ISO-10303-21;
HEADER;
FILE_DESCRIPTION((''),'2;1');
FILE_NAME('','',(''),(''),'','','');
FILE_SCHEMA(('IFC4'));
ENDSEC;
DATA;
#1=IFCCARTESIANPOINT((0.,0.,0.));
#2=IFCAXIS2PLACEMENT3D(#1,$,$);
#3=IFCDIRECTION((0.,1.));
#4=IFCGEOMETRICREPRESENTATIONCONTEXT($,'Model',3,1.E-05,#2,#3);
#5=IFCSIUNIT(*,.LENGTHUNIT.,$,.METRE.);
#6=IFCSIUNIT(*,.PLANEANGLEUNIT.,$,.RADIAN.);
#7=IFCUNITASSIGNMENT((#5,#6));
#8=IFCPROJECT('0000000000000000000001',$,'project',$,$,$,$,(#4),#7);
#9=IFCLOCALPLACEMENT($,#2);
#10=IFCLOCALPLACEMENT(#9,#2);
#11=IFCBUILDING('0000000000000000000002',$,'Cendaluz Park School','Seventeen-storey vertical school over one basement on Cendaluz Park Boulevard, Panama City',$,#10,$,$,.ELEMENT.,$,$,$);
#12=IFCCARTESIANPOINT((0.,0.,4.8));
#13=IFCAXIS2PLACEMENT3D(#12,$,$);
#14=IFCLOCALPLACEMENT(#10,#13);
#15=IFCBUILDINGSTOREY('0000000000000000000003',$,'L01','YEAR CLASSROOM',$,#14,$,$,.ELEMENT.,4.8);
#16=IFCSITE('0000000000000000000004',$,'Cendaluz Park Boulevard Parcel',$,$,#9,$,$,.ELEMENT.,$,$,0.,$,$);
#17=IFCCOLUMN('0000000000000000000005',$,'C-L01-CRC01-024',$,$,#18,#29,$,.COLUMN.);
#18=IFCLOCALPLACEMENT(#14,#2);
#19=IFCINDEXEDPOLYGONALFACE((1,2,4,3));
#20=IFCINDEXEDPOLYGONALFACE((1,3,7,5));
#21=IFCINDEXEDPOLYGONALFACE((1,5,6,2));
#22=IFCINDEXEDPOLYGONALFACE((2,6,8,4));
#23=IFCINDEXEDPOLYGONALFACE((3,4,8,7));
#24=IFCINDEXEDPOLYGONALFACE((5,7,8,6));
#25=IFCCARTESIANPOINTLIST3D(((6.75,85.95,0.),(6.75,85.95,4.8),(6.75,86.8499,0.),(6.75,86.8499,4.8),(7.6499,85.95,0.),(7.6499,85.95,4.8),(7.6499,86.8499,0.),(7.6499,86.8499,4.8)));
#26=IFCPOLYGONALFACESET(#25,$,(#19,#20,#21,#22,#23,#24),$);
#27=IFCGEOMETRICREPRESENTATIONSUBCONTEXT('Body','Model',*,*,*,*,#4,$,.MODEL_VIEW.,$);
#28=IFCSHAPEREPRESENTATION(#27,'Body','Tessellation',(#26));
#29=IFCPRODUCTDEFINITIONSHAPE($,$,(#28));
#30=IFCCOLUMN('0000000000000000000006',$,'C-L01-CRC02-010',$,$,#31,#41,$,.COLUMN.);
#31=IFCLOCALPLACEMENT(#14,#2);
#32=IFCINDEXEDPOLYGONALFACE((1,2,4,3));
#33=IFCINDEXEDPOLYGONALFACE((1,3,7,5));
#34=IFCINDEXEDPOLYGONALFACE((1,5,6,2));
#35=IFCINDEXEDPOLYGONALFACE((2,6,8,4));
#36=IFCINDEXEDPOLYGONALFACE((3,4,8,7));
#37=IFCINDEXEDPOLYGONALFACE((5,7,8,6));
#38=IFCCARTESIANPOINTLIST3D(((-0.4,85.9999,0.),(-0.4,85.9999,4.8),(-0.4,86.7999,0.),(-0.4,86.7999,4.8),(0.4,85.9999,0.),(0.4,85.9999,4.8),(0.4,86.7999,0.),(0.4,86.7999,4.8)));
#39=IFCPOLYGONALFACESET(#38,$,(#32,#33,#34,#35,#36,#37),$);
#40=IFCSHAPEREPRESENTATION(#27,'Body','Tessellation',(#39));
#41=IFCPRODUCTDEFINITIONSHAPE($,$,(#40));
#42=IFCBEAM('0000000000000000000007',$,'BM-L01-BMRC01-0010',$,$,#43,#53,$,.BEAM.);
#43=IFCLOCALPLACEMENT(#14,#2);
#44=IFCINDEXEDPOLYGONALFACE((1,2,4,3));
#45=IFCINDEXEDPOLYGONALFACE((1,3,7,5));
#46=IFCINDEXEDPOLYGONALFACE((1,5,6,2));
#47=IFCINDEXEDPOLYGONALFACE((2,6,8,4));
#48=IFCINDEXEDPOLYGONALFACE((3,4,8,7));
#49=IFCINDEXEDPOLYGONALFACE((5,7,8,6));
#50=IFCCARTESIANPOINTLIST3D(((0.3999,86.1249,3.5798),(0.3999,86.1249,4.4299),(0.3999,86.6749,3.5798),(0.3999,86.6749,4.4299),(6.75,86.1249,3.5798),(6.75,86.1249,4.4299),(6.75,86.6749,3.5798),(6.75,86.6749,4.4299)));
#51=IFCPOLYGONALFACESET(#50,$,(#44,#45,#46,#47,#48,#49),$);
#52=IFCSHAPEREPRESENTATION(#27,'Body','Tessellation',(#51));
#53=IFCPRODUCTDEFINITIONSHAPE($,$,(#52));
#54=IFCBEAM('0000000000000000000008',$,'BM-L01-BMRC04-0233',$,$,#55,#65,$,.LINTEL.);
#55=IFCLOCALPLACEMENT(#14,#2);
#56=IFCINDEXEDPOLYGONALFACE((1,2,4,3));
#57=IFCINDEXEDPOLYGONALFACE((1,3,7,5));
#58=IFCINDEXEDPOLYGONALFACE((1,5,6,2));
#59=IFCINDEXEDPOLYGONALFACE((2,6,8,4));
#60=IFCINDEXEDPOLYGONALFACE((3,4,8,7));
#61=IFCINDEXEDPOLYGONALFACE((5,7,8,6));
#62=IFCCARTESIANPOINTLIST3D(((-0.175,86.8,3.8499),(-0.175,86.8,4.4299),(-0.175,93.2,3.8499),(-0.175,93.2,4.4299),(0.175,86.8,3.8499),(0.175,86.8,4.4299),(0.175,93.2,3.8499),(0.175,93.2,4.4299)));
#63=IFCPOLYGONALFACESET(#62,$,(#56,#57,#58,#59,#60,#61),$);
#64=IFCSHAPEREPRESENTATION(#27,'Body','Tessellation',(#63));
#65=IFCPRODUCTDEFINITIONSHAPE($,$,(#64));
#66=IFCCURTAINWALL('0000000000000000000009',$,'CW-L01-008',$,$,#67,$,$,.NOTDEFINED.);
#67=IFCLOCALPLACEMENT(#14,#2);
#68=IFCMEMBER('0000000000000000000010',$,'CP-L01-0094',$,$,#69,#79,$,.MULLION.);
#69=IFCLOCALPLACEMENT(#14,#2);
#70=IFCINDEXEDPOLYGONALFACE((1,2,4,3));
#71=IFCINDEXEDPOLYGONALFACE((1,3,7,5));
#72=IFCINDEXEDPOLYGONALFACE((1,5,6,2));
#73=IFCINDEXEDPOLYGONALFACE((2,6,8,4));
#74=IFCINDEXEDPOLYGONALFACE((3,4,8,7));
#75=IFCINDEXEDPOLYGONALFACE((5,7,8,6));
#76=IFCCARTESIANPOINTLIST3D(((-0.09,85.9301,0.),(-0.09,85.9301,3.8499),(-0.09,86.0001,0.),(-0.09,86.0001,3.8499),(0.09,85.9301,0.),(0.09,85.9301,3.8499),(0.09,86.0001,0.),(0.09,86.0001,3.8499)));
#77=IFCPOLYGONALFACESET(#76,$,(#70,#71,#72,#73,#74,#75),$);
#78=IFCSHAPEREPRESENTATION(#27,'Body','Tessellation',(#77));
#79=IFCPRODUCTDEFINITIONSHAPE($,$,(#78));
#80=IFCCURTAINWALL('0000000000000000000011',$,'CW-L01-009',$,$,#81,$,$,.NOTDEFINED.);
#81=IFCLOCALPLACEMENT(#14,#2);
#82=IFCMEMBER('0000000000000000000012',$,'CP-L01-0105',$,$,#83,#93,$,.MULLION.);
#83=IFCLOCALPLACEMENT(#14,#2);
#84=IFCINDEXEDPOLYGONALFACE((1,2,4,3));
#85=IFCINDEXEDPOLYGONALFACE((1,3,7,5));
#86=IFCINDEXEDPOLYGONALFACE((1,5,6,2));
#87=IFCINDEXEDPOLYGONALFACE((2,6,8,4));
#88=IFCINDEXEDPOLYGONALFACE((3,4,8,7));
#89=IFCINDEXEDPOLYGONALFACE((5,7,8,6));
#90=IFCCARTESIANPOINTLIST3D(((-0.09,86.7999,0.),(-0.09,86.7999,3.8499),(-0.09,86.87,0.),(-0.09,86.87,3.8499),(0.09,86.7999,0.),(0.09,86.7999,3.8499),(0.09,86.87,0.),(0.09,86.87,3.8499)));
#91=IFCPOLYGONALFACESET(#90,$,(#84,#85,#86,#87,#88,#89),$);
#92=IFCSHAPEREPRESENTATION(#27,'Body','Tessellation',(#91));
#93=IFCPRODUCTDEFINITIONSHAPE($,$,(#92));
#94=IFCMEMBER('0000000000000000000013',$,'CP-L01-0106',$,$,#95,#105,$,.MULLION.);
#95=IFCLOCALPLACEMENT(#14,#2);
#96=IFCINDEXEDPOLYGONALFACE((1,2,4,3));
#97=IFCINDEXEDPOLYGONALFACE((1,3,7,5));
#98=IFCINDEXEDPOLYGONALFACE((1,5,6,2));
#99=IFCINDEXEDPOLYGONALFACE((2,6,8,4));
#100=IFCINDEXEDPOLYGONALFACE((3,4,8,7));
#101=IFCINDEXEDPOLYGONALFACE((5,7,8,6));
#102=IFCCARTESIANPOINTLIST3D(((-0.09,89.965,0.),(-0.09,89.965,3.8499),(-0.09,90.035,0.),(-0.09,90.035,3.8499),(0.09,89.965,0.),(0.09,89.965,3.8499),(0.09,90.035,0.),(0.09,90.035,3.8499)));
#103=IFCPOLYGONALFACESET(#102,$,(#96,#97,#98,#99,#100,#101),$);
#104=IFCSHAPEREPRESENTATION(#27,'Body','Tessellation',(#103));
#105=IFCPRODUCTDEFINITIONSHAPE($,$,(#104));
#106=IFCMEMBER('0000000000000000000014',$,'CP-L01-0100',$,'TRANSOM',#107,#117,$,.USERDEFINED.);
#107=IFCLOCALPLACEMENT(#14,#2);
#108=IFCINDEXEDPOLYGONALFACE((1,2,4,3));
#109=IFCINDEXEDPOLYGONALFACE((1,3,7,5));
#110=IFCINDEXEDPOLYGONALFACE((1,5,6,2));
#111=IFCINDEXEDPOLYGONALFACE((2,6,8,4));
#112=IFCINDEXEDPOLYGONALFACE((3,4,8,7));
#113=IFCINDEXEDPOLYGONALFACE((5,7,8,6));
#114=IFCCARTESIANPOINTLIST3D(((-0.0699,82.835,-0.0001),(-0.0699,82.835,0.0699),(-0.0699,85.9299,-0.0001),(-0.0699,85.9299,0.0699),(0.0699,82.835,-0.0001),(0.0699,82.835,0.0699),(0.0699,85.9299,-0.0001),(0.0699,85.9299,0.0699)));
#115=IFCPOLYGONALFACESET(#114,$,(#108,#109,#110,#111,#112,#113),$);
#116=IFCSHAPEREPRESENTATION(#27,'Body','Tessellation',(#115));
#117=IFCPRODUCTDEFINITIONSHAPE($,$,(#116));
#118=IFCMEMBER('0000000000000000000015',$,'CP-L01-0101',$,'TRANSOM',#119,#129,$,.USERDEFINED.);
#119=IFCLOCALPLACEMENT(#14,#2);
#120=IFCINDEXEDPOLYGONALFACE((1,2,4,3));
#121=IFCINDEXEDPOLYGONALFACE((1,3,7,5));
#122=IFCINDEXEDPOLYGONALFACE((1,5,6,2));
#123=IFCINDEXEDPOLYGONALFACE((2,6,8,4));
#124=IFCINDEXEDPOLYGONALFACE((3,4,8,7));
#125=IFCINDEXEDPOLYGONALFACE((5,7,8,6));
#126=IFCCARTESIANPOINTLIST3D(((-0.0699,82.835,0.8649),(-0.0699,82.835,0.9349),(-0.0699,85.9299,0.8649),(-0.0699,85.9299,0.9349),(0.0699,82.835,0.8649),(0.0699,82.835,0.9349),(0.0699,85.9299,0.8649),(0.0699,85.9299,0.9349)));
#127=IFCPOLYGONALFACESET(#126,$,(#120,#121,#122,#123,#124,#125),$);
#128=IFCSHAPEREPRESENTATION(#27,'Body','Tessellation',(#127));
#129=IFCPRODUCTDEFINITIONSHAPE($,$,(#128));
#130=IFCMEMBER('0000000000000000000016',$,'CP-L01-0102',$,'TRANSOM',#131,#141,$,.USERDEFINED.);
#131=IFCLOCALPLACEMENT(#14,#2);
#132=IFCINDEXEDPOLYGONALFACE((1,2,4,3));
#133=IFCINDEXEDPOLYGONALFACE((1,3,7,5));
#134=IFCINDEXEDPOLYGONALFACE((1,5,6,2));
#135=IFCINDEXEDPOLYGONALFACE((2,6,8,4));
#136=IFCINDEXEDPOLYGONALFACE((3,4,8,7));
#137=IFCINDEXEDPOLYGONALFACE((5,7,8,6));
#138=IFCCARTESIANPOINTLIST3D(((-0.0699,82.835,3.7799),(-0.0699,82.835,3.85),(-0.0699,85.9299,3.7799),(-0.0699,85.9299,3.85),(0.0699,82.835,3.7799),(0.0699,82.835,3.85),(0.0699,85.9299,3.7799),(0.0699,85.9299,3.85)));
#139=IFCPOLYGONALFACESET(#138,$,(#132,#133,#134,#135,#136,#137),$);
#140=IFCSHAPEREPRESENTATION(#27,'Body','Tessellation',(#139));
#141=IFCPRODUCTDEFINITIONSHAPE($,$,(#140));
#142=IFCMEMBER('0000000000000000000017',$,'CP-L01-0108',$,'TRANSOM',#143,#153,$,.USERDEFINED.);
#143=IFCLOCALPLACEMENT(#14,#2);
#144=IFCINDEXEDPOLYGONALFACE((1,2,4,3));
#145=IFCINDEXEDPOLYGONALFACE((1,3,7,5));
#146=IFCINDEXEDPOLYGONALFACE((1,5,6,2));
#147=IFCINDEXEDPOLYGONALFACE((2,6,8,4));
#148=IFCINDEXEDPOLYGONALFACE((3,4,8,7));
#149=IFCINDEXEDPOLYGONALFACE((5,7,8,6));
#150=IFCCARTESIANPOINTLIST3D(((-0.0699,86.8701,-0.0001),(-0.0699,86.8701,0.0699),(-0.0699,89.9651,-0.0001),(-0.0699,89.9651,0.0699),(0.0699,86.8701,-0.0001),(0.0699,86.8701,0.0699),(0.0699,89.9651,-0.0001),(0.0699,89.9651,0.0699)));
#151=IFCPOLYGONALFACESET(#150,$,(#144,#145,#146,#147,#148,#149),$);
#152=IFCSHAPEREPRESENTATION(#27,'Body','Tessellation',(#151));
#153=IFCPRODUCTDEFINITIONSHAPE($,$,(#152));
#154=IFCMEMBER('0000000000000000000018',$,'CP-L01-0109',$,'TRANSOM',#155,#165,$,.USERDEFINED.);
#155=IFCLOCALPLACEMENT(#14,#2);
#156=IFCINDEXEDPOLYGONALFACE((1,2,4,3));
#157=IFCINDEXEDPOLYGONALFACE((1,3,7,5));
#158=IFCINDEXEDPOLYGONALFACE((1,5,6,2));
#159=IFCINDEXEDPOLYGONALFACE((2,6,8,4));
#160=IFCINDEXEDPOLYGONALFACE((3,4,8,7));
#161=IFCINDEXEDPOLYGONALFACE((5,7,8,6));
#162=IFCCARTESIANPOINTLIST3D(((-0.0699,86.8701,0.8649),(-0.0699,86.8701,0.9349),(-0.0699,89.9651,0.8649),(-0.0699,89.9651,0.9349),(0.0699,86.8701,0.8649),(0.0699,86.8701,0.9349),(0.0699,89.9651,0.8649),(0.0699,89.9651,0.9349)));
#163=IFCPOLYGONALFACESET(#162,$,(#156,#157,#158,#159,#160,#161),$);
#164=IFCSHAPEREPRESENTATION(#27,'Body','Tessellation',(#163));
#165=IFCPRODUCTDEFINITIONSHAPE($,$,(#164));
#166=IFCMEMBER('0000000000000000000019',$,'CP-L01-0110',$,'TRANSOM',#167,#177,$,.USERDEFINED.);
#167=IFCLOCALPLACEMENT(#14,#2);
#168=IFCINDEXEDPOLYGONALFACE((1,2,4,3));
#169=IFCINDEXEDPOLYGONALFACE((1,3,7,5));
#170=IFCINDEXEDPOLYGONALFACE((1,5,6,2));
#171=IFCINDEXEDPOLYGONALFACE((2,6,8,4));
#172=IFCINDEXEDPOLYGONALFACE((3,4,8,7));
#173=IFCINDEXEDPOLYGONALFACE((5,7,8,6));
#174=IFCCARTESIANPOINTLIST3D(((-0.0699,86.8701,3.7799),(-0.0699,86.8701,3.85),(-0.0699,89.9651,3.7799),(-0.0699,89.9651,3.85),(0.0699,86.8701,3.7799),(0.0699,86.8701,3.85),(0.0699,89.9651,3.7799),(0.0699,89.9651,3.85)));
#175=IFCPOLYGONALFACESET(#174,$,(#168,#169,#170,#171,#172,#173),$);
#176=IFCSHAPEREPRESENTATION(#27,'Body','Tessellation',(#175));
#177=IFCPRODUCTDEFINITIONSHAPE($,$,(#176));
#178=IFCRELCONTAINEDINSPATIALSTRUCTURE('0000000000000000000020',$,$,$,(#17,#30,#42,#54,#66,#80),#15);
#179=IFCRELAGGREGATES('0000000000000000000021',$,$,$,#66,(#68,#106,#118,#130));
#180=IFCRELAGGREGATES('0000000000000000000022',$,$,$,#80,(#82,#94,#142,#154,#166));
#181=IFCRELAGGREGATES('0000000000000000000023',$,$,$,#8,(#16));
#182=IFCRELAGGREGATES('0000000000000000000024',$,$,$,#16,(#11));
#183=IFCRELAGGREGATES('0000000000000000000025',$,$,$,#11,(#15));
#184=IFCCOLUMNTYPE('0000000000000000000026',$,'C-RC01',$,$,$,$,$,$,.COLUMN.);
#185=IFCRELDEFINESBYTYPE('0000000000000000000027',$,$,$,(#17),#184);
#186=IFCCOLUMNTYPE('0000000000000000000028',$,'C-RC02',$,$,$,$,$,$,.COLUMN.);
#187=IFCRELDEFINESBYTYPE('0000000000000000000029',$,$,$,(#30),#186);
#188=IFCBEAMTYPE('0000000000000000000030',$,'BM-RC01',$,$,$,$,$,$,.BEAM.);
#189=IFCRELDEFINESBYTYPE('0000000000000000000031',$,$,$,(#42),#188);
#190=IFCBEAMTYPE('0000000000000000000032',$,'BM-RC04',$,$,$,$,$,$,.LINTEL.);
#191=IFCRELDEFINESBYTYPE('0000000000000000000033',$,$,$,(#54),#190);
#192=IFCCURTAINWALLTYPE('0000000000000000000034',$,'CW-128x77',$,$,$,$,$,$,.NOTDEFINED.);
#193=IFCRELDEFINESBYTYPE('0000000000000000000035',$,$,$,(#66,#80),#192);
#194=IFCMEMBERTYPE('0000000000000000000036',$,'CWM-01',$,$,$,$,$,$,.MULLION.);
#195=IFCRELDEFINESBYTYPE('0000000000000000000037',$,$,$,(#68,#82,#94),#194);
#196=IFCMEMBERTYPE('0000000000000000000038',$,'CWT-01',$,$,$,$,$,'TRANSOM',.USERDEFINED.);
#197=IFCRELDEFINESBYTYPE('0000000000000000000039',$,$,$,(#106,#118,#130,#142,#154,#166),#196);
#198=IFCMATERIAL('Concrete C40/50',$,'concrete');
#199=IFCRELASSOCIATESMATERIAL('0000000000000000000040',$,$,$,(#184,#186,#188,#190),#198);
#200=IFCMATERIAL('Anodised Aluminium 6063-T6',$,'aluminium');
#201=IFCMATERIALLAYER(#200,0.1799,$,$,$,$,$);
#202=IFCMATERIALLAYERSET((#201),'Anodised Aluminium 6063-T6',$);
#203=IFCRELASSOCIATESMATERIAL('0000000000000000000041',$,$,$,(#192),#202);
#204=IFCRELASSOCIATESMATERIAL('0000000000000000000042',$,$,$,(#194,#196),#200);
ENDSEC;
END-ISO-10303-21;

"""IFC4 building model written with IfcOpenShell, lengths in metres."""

from ifc_helpers import new_model, si_unit, direction, frame, origin, origin_2d, place, context, subcontext, project, spatial, rectangle, extrude, material, layer, layer_set, material_profile, profile_set, type_object, element, aggregate, save


model = new_model("IFC4")

# Units and contexts
model_context = context("Model", 3, precision=1e-05, world=origin(), true_north=direction((0.0, 1.0)))
body_context = subcontext(model_context, "Body", "Model", "MODEL_VIEW")
ifc_project = project(units=[si_unit("LENGTHUNIT", "METRE"), si_unit("PLANEANGLEUNIT", "RADIAN")], contexts=[model_context])

# Site, building, storey
site_placement = place(None, origin())
site = spatial("IfcSite", under=ifc_project, at=site_placement, Name="Cendaluz Park Boulevard Parcel", CompositionType="ELEMENT", RefElevation=0.0)
building_placement = place(site_placement, origin())
building = spatial("IfcBuilding", under=site, at=building_placement, Name="Cendaluz Park School", Description="Seventeen-storey vertical school over one basement on Cendaluz Park Boulevard, Panama City", CompositionType="ELEMENT")
storey_placement = place(building_placement, frame((0.0, 0.0, 4.8)))
storey = spatial("IfcBuildingStorey", under=building, at=storey_placement, Name="L01", Description="YEAR CLASSROOM", CompositionType="ELEMENT", Elevation=4.8)

# Columns
ifc_material_1 = material(Name="Concrete C40/50", Category="concrete")
ifc_material_profile_1 = material_profile(ifc_material_1, rectangle(XDim=0.8999, YDim=0.8999, at=origin_2d()), Name="RC 900x900", Category="concrete")
ifc_profile_set_1 = profile_set([ifc_material_profile_1], Name="Concrete C40/50")
column_type_1 = type_object("IfcColumnType", Name="C-RC01", PredefinedType="COLUMN", material=ifc_profile_set_1)
column_1_placement = place(storey_placement, frame((7.2, 86.3999, 0.0), z_axis=(0.0, 0.0, 1.0), x_axis=(1.0, 0.0, 0.0)))
element("IfcColumn", 1, at=column_1_placement, inside=storey, type_object=column_type_1, Name="C-L01-CRC01-024", PredefinedType="COLUMN", context=body_context, shape_type="SweptSolid", body=[
    extrude(rectangle(XDim=0.8999, YDim=0.8999, at=origin_2d()), origin(), (0.0, 0.0, 1.0), 4.8),
])
ifc_material_profile_2 = material_profile(ifc_material_1, rectangle(XDim=0.8, YDim=0.8, at=origin_2d()), Name="RC 800x800", Category="concrete")
ifc_profile_set_2 = profile_set([ifc_material_profile_2], Name="Concrete C40/50")
column_type_2 = type_object("IfcColumnType", Name="C-RC02", PredefinedType="COLUMN", material=ifc_profile_set_2)
column_2_placement = place(storey_placement, frame((0.0, 86.3999, 0.0), z_axis=(0.0, 0.0, 1.0), x_axis=(1.0, 0.0, 0.0)))
element("IfcColumn", 2, at=column_2_placement, inside=storey, type_object=column_type_2, Name="C-L01-CRC02-010", PredefinedType="COLUMN", context=body_context, shape_type="SweptSolid", body=[
    extrude(rectangle(XDim=0.8, YDim=0.8, at=origin_2d()), origin(), (0.0, 0.0, 1.0), 4.8),
])

# Beams
ifc_material_profile_3 = material_profile(ifc_material_1, rectangle(XDim=0.55, YDim=0.8501, at=origin_2d()), Name="RC 550x850", Category="concrete")
ifc_profile_set_3 = profile_set([ifc_material_profile_3], Name="Concrete C40/50")
beam_type_1 = type_object("IfcBeamType", Name="BM-RC01", PredefinedType="BEAM", material=ifc_profile_set_3)
beam_1_placement = place(storey_placement, frame((0.3999, 86.3999, 4.0049), z_axis=(1.0, 0.0, 0.0), x_axis=(0.0, 1.0, 0.0)))
element("IfcBeam", 3, at=beam_1_placement, inside=storey, type_object=beam_type_1, Name="BM-L01-BMRC01-0010", PredefinedType="BEAM", context=body_context, shape_type="SweptSolid", body=[
    extrude(rectangle(XDim=0.55, YDim=0.8501, at=origin_2d()), origin(), (0.0, 0.0, 1.0), 6.3501),
])
ifc_material_profile_4 = material_profile(ifc_material_1, rectangle(XDim=0.3501, YDim=0.5801, at=origin_2d()), Name="RC 350x580", Category="concrete")
ifc_profile_set_4 = profile_set([ifc_material_profile_4], Name="Concrete C40/50")
beam_type_2 = type_object("IfcBeamType", Name="BM-RC04", PredefinedType="LINTEL", material=ifc_profile_set_4)
beam_2_placement = place(storey_placement, frame((0.0, 86.8, 4.1399), z_axis=(0.0, 1.0, 0.0), x_axis=(-1.0, 0.0, 0.0)))
element("IfcBeam", 4, at=beam_2_placement, inside=storey, type_object=beam_type_2, Name="BM-L01-BMRC04-0233", PredefinedType="LINTEL", context=body_context, shape_type="SweptSolid", body=[
    extrude(rectangle(XDim=0.3501, YDim=0.5801, at=origin_2d()), origin(), (0.0, 0.0, 1.0), 6.3999),
])

# Curtain wall, member
ifc_material_2 = material(Name="Anodised Aluminium 6063-T6", Category="aluminium")
ifc_layer_1 = layer(ifc_material_2, 0.1799)
ifc_layer_set_1 = layer_set([ifc_layer_1], Name="Anodised Aluminium 6063-T6")
curtain_wall_type = type_object("IfcCurtainWallType", Name="CW-128x77", PredefinedType="NOTDEFINED", material=ifc_layer_set_1)
curtain_wall_1_placement = place(storey_placement, origin())
curtain_wall_1 = element("IfcCurtainWall", 5, at=curtain_wall_1_placement, inside=storey, type_object=curtain_wall_type, Name="CW-L01-008", PredefinedType="NOTDEFINED")
ifc_material_profile_5 = material_profile(ifc_material_2, rectangle(XDim=0.1799, YDim=0.0701, at=origin_2d()), Name="CWM 180x70", Category="aluminium")
ifc_profile_set_5 = profile_set([ifc_material_profile_5], Name="Anodised Aluminium 6063-T6")
member_type_1 = type_object("IfcMemberType", Name="CWM-01", PredefinedType="MULLION", material=ifc_profile_set_5)
member_1_placement = place(storey_placement, frame((0.0, 85.9651, 0.0), z_axis=(0.0, 0.0, 1.0), x_axis=(-1.0, 0.0, 0.0)))
member_1 = element("IfcMember", 6, at=member_1_placement, type_object=member_type_1, Name="CP-L01-0094", PredefinedType="MULLION", context=body_context, shape_type="SweptSolid", body=[
    extrude(rectangle(XDim=0.1799, YDim=0.0701, at=origin_2d()), origin(), (0.0, 0.0, 1.0), 3.8499),
])

# Curtain wall, members
curtain_wall_2_placement = place(storey_placement, origin())
curtain_wall_2 = element("IfcCurtainWall", 7, at=curtain_wall_2_placement, inside=storey, type_object=curtain_wall_type, Name="CW-L01-009", PredefinedType="NOTDEFINED")
member_2_placement = place(storey_placement, frame((0.0, 86.835, 0.0), z_axis=(0.0, 0.0, 1.0), x_axis=(-1.0, 0.0, 0.0)))
member_2 = element("IfcMember", 8, at=member_2_placement, type_object=member_type_1, Name="CP-L01-0105", PredefinedType="MULLION", context=body_context, shape_type="SweptSolid", body=[
    extrude(rectangle(XDim=0.1799, YDim=0.0701, at=origin_2d()), origin(), (0.0, 0.0, 1.0), 3.8499),
])
member_3_placement = place(storey_placement, frame((0.0, 90.0, 0.0), z_axis=(0.0, 0.0, 1.0), x_axis=(-1.0, 0.0, 0.0)))
member_3 = element("IfcMember", 9, at=member_3_placement, type_object=member_type_1, Name="CP-L01-0106", PredefinedType="MULLION", context=body_context, shape_type="SweptSolid", body=[
    extrude(rectangle(XDim=0.1799, YDim=0.0701, at=origin_2d()), origin(), (0.0, 0.0, 1.0), 3.8499),
])

# Members
ifc_material_profile_6 = material_profile(ifc_material_2, rectangle(XDim=0.1399, YDim=0.0701, at=origin_2d()), Name="CWT 140x70", Category="aluminium")
ifc_profile_set_6 = profile_set([ifc_material_profile_6], Name="Anodised Aluminium 6063-T6")
member_type_2 = type_object("IfcMemberType", Name="CWT-01", ElementType="TRANSOM", PredefinedType="USERDEFINED", material=ifc_profile_set_6)
member_4_placement = place(storey_placement, frame((0.0, 82.835, 0.0349), z_axis=(0.0, 1.0, 0.0), x_axis=(-1.0, 0.0, 0.0)))
member_4 = element("IfcMember", 10, at=member_4_placement, type_object=member_type_2, Name="CP-L01-0100", ObjectType="TRANSOM", PredefinedType="USERDEFINED", context=body_context, shape_type="SweptSolid", body=[
    extrude(rectangle(XDim=0.1399, YDim=0.0701, at=origin_2d()), origin(), (0.0, 0.0, 1.0), 3.095),
])
member_5_placement = place(storey_placement, frame((0.0, 82.835, 0.8999), z_axis=(0.0, 1.0, 0.0), x_axis=(-1.0, 0.0, 0.0)))
member_5 = element("IfcMember", 11, at=member_5_placement, type_object=member_type_2, Name="CP-L01-0101", ObjectType="TRANSOM", PredefinedType="USERDEFINED", context=body_context, shape_type="SweptSolid", body=[
    extrude(rectangle(XDim=0.1399, YDim=0.0701, at=origin_2d()), origin(), (0.0, 0.0, 1.0), 3.095),
])
member_6_placement = place(storey_placement, frame((0.0, 82.835, 3.8149), z_axis=(0.0, 1.0, 0.0), x_axis=(-1.0, 0.0, 0.0)))
member_6 = element("IfcMember", 12, at=member_6_placement, type_object=member_type_2, Name="CP-L01-0102", ObjectType="TRANSOM", PredefinedType="USERDEFINED", context=body_context, shape_type="SweptSolid", body=[
    extrude(rectangle(XDim=0.1399, YDim=0.0701, at=origin_2d()), origin(), (0.0, 0.0, 1.0), 3.095),
])
member_7_placement = place(storey_placement, frame((0.0, 86.8701, 0.0349), z_axis=(0.0, 1.0, 0.0), x_axis=(-1.0, 0.0, 0.0)))
member_7 = element("IfcMember", 13, at=member_7_placement, type_object=member_type_2, Name="CP-L01-0108", ObjectType="TRANSOM", PredefinedType="USERDEFINED", context=body_context, shape_type="SweptSolid", body=[
    extrude(rectangle(XDim=0.1399, YDim=0.0701, at=origin_2d()), origin(), (0.0, 0.0, 1.0), 3.095),
])
member_8_placement = place(storey_placement, frame((0.0, 86.8701, 0.8999), z_axis=(0.0, 1.0, 0.0), x_axis=(-1.0, 0.0, 0.0)))
member_8 = element("IfcMember", 14, at=member_8_placement, type_object=member_type_2, Name="CP-L01-0109", ObjectType="TRANSOM", PredefinedType="USERDEFINED", context=body_context, shape_type="SweptSolid", body=[
    extrude(rectangle(XDim=0.1399, YDim=0.0701, at=origin_2d()), origin(), (0.0, 0.0, 1.0), 3.095),
])
member_9_placement = place(storey_placement, frame((0.0, 86.8701, 3.8149), z_axis=(0.0, 1.0, 0.0), x_axis=(-1.0, 0.0, 0.0)))
member_9 = element("IfcMember", 15, at=member_9_placement, type_object=member_type_2, Name="CP-L01-0110", ObjectType="TRANSOM", PredefinedType="USERDEFINED", context=body_context, shape_type="SweptSolid", body=[
    extrude(rectangle(XDim=0.1399, YDim=0.0701, at=origin_2d()), origin(), (0.0, 0.0, 1.0), 3.095),
])

aggregate(curtain_wall_1, [member_1, member_4, member_5, member_6])
aggregate(curtain_wall_2, [member_2, member_3, member_7, member_8, member_9])

save(model, "model.ifc")
